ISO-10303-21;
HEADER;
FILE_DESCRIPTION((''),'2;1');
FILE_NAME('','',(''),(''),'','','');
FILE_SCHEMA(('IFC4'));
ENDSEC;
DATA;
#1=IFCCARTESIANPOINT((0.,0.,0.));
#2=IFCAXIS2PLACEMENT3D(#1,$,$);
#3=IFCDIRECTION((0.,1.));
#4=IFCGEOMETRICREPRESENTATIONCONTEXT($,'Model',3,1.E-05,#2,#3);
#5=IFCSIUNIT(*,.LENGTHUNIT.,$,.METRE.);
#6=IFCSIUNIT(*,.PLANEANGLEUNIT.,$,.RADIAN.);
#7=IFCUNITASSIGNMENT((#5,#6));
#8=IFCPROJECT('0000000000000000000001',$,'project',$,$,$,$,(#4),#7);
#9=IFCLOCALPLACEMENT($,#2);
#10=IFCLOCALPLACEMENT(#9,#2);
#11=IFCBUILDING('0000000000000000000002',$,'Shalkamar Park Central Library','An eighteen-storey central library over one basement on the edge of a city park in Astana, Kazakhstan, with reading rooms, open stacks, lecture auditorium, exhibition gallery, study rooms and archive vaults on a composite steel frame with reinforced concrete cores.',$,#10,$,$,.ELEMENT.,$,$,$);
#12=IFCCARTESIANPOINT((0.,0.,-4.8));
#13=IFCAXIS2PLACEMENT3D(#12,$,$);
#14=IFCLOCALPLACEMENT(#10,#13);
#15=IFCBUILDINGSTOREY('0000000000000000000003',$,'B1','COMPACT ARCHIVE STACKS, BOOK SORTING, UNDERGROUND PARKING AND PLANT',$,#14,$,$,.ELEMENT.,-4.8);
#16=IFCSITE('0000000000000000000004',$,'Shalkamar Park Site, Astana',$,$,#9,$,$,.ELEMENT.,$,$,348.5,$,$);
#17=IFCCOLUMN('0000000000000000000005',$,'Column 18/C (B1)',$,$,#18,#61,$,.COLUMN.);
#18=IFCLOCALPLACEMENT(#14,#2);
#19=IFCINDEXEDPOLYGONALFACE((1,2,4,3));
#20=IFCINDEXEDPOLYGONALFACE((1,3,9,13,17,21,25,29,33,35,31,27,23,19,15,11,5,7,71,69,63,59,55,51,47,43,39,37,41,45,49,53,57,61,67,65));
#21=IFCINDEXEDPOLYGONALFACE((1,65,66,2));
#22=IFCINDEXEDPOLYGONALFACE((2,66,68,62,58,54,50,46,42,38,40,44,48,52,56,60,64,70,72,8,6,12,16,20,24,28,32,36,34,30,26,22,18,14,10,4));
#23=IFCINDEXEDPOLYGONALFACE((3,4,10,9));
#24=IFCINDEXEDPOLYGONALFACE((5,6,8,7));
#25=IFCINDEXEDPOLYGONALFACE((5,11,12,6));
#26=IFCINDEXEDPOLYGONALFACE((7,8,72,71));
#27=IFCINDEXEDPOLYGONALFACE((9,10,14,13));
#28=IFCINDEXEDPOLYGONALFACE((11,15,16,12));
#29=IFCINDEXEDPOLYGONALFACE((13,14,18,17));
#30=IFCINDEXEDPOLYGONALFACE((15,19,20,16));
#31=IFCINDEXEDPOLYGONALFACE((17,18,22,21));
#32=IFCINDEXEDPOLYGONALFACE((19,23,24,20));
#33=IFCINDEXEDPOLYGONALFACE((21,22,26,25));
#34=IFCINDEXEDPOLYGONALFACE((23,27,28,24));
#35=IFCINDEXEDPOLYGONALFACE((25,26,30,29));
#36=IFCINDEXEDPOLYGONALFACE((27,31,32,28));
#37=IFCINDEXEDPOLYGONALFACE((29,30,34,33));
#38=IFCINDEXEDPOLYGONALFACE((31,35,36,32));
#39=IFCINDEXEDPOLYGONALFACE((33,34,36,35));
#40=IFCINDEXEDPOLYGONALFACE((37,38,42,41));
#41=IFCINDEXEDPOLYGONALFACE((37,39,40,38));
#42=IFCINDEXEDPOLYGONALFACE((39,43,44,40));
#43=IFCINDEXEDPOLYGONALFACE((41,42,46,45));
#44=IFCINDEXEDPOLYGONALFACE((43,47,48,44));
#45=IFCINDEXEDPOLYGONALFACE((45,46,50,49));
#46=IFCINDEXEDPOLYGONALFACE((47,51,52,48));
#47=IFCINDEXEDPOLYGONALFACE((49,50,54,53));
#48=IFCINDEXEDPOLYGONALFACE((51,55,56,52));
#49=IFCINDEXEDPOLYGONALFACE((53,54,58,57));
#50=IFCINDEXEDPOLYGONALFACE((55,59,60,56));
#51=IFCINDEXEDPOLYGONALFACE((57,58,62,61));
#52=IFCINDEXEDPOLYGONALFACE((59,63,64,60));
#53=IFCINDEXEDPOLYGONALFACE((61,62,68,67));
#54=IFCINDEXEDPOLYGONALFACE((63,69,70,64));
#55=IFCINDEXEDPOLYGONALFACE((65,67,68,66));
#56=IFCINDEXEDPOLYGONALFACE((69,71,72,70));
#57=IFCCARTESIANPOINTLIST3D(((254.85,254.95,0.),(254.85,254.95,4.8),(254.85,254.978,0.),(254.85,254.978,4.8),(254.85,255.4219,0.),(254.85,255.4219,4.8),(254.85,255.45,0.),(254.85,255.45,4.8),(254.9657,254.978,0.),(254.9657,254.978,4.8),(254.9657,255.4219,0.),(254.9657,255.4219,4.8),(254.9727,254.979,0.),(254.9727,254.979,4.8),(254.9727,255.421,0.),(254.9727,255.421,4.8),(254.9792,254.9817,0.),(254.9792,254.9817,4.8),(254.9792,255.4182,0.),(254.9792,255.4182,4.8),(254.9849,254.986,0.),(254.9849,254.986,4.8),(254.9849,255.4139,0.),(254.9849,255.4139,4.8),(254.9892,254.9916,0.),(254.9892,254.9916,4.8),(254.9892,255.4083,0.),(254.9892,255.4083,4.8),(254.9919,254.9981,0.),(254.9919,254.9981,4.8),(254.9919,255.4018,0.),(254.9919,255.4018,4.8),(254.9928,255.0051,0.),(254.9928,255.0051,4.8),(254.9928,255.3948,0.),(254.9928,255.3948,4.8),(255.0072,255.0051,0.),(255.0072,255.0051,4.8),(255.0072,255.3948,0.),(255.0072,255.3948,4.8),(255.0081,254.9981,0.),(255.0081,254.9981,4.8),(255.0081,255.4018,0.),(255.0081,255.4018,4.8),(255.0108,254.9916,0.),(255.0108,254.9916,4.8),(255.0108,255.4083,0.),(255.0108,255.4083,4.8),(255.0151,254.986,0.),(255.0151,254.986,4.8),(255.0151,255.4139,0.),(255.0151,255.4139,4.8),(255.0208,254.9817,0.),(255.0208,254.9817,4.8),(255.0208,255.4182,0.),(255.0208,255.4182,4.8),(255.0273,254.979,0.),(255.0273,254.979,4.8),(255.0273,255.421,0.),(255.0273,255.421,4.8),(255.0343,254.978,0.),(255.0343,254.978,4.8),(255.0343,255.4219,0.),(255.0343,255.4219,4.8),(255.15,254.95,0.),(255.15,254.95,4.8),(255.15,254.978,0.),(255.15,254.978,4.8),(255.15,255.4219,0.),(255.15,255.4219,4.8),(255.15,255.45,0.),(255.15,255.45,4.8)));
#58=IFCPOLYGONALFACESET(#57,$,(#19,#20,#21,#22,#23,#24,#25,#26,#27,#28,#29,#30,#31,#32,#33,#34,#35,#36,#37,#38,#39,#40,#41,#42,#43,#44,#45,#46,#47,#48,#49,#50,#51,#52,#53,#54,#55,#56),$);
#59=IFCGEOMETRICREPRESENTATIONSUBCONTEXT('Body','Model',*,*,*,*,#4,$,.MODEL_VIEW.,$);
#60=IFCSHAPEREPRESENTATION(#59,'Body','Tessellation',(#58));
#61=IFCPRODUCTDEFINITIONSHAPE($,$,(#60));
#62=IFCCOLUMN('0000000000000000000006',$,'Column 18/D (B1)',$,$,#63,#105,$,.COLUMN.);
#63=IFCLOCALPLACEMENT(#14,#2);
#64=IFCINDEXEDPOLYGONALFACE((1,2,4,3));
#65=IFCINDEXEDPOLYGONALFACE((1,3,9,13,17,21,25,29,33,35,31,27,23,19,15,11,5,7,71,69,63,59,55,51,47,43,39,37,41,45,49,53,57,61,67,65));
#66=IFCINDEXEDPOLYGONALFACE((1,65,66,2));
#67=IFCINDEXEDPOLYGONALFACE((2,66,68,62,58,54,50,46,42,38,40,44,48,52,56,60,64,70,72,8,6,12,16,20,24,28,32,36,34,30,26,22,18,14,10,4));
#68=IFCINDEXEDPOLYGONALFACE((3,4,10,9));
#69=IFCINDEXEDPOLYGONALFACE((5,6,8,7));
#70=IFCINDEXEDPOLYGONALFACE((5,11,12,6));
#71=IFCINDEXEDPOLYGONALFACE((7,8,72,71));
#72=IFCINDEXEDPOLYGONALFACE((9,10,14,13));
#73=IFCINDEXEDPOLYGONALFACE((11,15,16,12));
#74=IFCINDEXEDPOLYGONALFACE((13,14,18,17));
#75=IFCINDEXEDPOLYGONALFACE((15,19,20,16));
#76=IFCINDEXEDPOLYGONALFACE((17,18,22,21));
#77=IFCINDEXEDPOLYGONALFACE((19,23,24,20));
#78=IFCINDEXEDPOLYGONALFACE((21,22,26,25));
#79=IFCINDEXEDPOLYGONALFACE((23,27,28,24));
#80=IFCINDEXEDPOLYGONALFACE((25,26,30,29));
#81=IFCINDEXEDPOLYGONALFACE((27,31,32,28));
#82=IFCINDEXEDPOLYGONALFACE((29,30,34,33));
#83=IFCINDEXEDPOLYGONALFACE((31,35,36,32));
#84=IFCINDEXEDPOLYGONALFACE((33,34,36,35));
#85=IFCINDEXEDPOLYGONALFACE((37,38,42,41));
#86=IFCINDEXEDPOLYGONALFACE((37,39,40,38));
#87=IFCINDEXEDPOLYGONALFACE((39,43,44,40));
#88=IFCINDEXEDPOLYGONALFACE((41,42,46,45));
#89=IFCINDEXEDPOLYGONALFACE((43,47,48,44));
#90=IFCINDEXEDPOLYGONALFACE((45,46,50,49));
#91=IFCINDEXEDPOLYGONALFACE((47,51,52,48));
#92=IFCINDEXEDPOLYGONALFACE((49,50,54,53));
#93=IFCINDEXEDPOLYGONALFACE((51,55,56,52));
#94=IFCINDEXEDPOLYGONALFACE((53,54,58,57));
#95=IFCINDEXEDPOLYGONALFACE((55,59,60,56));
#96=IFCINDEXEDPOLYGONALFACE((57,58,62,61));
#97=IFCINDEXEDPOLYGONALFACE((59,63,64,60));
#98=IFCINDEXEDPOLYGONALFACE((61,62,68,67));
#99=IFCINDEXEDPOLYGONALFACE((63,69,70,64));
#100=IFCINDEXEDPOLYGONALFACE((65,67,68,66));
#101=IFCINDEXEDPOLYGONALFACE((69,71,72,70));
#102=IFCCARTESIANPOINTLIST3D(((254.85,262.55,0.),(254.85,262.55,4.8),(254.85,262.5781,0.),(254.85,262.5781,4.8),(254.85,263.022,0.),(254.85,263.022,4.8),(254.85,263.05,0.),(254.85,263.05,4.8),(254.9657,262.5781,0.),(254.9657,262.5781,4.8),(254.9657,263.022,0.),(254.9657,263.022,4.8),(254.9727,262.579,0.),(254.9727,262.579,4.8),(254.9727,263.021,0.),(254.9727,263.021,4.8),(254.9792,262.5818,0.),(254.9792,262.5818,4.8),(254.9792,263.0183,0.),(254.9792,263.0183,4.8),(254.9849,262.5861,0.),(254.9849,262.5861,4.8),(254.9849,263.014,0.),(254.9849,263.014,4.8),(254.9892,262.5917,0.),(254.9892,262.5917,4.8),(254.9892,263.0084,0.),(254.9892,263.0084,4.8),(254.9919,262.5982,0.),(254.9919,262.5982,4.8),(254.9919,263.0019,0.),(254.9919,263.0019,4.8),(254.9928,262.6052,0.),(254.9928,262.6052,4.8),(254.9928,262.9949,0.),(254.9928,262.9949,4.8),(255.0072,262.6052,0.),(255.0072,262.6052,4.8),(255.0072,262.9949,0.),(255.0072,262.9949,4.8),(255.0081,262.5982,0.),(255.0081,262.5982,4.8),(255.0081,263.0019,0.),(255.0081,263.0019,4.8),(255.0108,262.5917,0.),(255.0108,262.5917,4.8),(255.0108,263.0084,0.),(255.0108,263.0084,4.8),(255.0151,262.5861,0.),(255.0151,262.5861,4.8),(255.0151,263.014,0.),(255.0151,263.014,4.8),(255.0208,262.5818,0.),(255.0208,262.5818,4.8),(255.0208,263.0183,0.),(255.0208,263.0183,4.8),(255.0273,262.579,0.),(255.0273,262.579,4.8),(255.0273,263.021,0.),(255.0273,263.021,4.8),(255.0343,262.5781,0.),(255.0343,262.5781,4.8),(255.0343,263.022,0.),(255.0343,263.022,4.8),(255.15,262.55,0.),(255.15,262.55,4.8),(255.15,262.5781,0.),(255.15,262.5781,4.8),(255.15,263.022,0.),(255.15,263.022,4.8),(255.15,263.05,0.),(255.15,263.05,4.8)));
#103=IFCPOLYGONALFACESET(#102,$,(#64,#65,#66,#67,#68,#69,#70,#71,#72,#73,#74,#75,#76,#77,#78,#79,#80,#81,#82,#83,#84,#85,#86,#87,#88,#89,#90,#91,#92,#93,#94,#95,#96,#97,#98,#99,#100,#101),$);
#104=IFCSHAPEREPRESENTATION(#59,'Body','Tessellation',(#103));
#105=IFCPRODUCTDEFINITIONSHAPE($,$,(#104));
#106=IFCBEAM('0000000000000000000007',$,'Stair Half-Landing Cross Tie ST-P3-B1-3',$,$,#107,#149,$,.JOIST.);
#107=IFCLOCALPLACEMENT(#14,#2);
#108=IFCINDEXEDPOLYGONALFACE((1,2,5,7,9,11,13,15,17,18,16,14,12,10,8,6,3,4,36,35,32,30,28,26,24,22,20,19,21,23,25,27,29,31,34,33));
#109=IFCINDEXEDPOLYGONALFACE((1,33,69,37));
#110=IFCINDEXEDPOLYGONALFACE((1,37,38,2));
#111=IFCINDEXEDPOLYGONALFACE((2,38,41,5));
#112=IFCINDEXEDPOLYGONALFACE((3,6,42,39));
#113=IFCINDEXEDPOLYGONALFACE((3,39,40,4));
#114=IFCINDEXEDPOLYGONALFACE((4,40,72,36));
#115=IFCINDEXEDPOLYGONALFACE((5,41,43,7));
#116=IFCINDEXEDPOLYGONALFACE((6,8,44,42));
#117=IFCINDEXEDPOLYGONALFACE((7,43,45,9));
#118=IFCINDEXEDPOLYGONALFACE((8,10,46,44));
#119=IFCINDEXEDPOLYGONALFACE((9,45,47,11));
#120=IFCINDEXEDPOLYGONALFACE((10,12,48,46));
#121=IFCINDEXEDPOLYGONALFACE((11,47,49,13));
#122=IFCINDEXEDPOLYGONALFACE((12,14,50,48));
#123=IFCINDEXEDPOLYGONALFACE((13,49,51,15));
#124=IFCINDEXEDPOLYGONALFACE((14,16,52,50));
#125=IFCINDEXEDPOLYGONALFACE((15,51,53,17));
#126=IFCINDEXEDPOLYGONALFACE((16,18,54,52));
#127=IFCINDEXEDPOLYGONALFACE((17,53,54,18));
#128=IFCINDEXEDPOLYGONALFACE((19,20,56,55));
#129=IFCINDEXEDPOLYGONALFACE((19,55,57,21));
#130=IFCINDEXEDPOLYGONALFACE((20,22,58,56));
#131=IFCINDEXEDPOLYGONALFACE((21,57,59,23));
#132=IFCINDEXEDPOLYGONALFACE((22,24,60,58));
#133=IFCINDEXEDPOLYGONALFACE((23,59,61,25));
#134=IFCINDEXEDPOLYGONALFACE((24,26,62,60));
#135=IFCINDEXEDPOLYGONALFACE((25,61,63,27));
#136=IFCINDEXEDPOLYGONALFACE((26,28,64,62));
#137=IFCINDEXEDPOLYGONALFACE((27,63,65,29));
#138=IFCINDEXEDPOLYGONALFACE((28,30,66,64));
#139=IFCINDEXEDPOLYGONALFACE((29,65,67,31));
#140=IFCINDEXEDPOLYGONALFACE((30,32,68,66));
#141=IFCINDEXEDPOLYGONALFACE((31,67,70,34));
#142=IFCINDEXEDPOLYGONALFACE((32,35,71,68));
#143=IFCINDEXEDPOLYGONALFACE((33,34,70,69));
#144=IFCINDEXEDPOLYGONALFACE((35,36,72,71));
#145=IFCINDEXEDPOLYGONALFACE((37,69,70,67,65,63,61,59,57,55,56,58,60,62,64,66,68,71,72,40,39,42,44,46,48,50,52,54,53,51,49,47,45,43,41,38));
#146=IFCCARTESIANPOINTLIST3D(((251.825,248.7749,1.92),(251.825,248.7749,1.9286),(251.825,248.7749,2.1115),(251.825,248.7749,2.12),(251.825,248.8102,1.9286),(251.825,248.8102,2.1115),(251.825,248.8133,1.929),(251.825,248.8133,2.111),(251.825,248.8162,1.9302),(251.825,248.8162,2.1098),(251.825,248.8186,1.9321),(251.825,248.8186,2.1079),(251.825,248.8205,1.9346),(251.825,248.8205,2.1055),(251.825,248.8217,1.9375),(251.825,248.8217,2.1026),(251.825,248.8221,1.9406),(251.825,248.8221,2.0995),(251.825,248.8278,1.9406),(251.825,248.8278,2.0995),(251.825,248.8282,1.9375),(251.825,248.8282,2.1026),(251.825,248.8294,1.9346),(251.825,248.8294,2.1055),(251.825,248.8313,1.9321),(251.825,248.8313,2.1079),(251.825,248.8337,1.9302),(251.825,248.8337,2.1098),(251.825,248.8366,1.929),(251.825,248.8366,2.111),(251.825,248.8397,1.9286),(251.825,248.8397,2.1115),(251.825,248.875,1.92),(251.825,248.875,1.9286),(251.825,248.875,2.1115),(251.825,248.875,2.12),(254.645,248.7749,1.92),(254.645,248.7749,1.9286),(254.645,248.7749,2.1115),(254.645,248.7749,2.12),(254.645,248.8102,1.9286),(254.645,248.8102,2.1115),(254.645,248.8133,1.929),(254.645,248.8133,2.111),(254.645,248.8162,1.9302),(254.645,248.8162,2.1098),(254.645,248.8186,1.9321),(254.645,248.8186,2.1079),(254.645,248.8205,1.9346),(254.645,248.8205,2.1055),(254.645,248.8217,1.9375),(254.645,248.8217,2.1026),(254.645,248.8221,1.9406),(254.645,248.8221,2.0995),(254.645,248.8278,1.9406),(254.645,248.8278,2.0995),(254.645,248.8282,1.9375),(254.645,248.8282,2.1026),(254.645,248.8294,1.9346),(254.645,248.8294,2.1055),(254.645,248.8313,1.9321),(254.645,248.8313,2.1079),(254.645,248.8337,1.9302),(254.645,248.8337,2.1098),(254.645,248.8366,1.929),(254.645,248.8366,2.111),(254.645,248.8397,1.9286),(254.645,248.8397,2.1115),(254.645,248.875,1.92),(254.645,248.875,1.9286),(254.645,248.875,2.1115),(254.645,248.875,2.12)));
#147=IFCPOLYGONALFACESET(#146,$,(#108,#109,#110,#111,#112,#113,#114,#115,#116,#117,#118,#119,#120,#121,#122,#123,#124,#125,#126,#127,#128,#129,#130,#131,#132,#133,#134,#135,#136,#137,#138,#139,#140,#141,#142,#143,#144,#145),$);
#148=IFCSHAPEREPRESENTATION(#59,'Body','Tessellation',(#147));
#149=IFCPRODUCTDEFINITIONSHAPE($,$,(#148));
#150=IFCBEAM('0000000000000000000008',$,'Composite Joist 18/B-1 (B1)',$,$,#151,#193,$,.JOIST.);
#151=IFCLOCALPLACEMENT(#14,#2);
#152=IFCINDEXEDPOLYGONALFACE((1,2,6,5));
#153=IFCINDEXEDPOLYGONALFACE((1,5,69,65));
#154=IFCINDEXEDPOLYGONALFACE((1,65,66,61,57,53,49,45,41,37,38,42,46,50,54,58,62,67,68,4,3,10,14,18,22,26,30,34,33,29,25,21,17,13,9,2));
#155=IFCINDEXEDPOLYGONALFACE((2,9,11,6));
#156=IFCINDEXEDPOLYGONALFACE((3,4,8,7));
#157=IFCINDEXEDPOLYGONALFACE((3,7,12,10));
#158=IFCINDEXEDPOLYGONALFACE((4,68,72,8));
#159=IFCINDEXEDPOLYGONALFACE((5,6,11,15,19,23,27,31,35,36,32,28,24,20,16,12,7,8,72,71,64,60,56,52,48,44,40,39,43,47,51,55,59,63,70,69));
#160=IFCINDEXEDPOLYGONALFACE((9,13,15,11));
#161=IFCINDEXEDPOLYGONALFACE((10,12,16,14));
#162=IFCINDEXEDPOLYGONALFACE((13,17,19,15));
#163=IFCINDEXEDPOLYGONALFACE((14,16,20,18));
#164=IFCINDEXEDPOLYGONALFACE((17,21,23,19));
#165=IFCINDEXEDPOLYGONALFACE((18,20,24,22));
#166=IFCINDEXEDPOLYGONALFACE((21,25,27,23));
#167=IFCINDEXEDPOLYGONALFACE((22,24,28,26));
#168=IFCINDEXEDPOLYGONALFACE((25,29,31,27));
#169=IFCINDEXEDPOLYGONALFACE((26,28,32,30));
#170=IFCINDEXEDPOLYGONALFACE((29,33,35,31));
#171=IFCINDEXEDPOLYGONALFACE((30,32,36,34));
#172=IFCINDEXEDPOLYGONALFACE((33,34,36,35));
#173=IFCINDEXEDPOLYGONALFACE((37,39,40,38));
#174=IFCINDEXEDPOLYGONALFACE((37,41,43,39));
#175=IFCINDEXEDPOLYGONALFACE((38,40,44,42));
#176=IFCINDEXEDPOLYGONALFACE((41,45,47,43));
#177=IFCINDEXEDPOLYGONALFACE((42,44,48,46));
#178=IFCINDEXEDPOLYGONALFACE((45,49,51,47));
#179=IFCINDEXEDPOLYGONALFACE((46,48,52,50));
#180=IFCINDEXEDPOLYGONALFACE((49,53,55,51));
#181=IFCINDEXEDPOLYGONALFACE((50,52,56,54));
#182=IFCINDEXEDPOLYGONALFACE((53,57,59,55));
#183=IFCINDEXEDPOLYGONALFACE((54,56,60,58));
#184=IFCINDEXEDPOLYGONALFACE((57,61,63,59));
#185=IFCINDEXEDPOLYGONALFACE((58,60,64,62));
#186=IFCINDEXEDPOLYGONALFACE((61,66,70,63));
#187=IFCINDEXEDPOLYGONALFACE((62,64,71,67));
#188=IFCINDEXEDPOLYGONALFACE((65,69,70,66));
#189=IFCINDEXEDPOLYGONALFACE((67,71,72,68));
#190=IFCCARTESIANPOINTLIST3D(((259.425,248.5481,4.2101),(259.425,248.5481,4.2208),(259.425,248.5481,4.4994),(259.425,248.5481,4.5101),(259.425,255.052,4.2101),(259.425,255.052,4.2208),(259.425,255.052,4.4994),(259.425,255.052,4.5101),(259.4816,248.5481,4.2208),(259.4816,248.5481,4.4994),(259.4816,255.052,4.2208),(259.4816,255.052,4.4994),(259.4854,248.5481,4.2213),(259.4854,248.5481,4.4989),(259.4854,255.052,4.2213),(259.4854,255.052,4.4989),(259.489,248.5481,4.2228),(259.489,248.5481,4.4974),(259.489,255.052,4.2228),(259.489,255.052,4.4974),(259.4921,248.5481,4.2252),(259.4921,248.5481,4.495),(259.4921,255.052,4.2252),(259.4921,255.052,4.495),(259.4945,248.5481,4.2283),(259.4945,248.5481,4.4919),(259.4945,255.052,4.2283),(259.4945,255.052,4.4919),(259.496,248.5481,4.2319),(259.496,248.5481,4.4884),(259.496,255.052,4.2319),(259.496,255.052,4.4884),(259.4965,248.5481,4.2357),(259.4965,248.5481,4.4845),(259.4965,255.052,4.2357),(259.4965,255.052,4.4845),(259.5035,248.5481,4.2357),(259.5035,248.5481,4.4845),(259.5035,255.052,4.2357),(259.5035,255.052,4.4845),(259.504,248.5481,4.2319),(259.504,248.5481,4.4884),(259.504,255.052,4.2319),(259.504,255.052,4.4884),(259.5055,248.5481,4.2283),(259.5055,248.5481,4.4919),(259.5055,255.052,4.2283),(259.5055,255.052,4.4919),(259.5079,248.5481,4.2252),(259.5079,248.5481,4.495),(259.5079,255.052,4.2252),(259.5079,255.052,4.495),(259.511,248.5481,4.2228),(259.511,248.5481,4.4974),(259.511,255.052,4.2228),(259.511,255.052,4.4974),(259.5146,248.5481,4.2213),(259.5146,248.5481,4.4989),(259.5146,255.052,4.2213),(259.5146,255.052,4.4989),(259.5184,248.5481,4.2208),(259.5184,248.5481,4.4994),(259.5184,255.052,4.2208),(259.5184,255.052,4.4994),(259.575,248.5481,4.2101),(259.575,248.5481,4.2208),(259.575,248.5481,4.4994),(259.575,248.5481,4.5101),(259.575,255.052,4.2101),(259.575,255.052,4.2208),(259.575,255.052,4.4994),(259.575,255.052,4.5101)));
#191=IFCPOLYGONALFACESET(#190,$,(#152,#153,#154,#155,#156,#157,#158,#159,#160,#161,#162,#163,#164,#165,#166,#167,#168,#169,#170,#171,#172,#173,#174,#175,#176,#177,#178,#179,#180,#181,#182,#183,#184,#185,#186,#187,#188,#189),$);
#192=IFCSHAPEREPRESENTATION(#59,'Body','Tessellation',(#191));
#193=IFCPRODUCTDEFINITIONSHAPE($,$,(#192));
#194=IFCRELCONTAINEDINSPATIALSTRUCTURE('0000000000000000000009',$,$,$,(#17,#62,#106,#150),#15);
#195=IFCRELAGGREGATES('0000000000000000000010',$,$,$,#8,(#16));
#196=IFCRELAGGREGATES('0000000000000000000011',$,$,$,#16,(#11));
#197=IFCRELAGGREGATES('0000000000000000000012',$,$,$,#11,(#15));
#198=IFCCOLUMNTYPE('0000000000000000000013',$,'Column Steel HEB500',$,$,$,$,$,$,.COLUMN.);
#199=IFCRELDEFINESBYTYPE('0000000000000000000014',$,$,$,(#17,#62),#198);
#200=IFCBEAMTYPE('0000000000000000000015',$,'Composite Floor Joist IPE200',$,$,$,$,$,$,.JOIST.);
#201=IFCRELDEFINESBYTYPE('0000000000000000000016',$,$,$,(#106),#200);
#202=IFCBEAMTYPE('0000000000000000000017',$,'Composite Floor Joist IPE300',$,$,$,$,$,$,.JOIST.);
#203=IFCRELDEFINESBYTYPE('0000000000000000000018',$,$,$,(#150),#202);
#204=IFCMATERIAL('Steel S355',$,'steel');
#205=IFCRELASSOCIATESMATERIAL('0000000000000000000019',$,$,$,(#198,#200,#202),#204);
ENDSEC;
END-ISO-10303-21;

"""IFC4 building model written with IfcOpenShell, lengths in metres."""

from ifc_helpers import new_model, si_unit, direction, frame, origin, origin_2d, place, context, subcontext, project, spatial, i_section, extrude, material, material_profile, profile_set, type_object, element, save


model = new_model("IFC4")

# Units and contexts
model_context = context("Model", 3, precision=1e-05, world=origin(), true_north=direction((0.0, 1.0)))
body_context = subcontext(model_context, "Body", "Model", "MODEL_VIEW")
ifc_project = project(units=[si_unit("LENGTHUNIT", "METRE"), si_unit("PLANEANGLEUNIT", "RADIAN")], contexts=[model_context])

# Site, building, storey
site_placement = place(None, origin())
site = spatial("IfcSite", under=ifc_project, at=site_placement, Name="Shalkamar Park Site, Astana", CompositionType="ELEMENT", RefElevation=348.5)
building_placement = place(site_placement, origin())
building = spatial("IfcBuilding", under=site, at=building_placement, Name="Shalkamar Park Central Library", Description="An eighteen-storey central library over one basement on the edge of a city park in Astana, Kazakhstan, with reading rooms, open stacks, lecture auditorium, exhibition gallery, study rooms and archive vaults on a composite steel frame with reinforced concrete cores.", CompositionType="ELEMENT")
storey_placement = place(building_placement, frame((0.0, 0.0, -4.8)))
storey = spatial("IfcBuildingStorey", under=building, at=storey_placement, Name="B1", Description="COMPACT ARCHIVE STACKS, BOOK SORTING, UNDERGROUND PARKING AND PLANT", CompositionType="ELEMENT", Elevation=-4.8)

# Columns
ifc_material_1 = material(Name="Steel S355", Category="steel")
ifc_material_profile_1 = material_profile(ifc_material_1, i_section(OverallWidth=0.3, OverallDepth=0.5, WebThickness=0.0144, FlangeThickness=0.0281, FilletRadius=0.0271, at=origin_2d()), Name="HEB 500")
ifc_profile_set_1 = profile_set([ifc_material_profile_1], Name="Steel S355")
column_type = type_object("IfcColumnType", Name="Column Steel HEB500", PredefinedType="COLUMN", material=ifc_profile_set_1)
for number, where, z_axis, x_axis, name in (
    (1, (255.0, 255.2, 0.0), (0.0, 0.0, 1.0), (1.0, 0.0, 0.0), "Column 18/C (B1)"),
    (2, (255.0, 262.8, 0.0), (0.0, 0.0, 1.0), (1.0, 0.0, 0.0), "Column 18/D (B1)"),
):
    element("IfcColumn", number, at=place(storey_placement, frame(where, z_axis=z_axis, x_axis=x_axis)), inside=storey, type_object=column_type, Name=name, PredefinedType="COLUMN", context=body_context, shape_type="SweptSolid", body=[
        extrude(i_section(OverallWidth=0.3, OverallDepth=0.5, WebThickness=0.0144, FlangeThickness=0.0281, FilletRadius=0.0271, at=origin_2d()), origin(), (0.0, 0.0, 1.0), 4.8),
    ])

# Beams
ifc_material_profile_2 = material_profile(ifc_material_1, i_section(OverallWidth=0.1001, OverallDepth=0.2, WebThickness=0.0056, FlangeThickness=0.0085, FilletRadius=0.012, at=origin_2d()), Name="IPE 200")
ifc_profile_set_2 = profile_set([ifc_material_profile_2], Name="Steel S355")
beam_type_1 = type_object("IfcBeamType", Name="Composite Floor Joist IPE200", PredefinedType="JOIST", material=ifc_profile_set_2)
beam_1_placement = place(storey_placement, frame((251.825, 248.825, 2.02), z_axis=(1.0, 0.0, 0.0), x_axis=(0.0, 1.0, 0.0)))
element("IfcBeam", 3, at=beam_1_placement, inside=storey, type_object=beam_type_1, Name="Stair Half-Landing Cross Tie ST-P3-B1-3", PredefinedType="JOIST", context=body_context, shape_type="SweptSolid", body=[
    extrude(i_section(OverallWidth=0.1001, OverallDepth=0.2, WebThickness=0.0056, FlangeThickness=0.0085, FilletRadius=0.012, at=origin_2d()), origin(), (0.0, 0.0, 1.0), 2.8201),
])
ifc_material_profile_3 = material_profile(ifc_material_1, i_section(OverallWidth=0.1499, OverallDepth=0.3, WebThickness=0.0071, FlangeThickness=0.0107, FilletRadius=0.0149, at=origin_2d()), Name="IPE 300")
ifc_profile_set_3 = profile_set([ifc_material_profile_3], Name="Steel S355")
beam_type_2 = type_object("IfcBeamType", Name="Composite Floor Joist IPE300", PredefinedType="JOIST", material=ifc_profile_set_3)
beam_2_placement = place(storey_placement, frame((259.5, 248.5481, 4.3601), z_axis=(0.0, 1.0, 0.0), x_axis=(-1.0, 0.0, 0.0)))
element("IfcBeam", 4, at=beam_2_placement, inside=storey, type_object=beam_type_2, Name="Composite Joist 18/B-1 (B1)", PredefinedType="JOIST", context=body_context, shape_type="SweptSolid", body=[
    extrude(i_section(OverallWidth=0.1499, OverallDepth=0.3, WebThickness=0.0071, FlangeThickness=0.0107, FilletRadius=0.0149, at=origin_2d()), origin(), (0.0, 0.0, 1.0), 6.5039),
])

save(model, "model.ifc")
